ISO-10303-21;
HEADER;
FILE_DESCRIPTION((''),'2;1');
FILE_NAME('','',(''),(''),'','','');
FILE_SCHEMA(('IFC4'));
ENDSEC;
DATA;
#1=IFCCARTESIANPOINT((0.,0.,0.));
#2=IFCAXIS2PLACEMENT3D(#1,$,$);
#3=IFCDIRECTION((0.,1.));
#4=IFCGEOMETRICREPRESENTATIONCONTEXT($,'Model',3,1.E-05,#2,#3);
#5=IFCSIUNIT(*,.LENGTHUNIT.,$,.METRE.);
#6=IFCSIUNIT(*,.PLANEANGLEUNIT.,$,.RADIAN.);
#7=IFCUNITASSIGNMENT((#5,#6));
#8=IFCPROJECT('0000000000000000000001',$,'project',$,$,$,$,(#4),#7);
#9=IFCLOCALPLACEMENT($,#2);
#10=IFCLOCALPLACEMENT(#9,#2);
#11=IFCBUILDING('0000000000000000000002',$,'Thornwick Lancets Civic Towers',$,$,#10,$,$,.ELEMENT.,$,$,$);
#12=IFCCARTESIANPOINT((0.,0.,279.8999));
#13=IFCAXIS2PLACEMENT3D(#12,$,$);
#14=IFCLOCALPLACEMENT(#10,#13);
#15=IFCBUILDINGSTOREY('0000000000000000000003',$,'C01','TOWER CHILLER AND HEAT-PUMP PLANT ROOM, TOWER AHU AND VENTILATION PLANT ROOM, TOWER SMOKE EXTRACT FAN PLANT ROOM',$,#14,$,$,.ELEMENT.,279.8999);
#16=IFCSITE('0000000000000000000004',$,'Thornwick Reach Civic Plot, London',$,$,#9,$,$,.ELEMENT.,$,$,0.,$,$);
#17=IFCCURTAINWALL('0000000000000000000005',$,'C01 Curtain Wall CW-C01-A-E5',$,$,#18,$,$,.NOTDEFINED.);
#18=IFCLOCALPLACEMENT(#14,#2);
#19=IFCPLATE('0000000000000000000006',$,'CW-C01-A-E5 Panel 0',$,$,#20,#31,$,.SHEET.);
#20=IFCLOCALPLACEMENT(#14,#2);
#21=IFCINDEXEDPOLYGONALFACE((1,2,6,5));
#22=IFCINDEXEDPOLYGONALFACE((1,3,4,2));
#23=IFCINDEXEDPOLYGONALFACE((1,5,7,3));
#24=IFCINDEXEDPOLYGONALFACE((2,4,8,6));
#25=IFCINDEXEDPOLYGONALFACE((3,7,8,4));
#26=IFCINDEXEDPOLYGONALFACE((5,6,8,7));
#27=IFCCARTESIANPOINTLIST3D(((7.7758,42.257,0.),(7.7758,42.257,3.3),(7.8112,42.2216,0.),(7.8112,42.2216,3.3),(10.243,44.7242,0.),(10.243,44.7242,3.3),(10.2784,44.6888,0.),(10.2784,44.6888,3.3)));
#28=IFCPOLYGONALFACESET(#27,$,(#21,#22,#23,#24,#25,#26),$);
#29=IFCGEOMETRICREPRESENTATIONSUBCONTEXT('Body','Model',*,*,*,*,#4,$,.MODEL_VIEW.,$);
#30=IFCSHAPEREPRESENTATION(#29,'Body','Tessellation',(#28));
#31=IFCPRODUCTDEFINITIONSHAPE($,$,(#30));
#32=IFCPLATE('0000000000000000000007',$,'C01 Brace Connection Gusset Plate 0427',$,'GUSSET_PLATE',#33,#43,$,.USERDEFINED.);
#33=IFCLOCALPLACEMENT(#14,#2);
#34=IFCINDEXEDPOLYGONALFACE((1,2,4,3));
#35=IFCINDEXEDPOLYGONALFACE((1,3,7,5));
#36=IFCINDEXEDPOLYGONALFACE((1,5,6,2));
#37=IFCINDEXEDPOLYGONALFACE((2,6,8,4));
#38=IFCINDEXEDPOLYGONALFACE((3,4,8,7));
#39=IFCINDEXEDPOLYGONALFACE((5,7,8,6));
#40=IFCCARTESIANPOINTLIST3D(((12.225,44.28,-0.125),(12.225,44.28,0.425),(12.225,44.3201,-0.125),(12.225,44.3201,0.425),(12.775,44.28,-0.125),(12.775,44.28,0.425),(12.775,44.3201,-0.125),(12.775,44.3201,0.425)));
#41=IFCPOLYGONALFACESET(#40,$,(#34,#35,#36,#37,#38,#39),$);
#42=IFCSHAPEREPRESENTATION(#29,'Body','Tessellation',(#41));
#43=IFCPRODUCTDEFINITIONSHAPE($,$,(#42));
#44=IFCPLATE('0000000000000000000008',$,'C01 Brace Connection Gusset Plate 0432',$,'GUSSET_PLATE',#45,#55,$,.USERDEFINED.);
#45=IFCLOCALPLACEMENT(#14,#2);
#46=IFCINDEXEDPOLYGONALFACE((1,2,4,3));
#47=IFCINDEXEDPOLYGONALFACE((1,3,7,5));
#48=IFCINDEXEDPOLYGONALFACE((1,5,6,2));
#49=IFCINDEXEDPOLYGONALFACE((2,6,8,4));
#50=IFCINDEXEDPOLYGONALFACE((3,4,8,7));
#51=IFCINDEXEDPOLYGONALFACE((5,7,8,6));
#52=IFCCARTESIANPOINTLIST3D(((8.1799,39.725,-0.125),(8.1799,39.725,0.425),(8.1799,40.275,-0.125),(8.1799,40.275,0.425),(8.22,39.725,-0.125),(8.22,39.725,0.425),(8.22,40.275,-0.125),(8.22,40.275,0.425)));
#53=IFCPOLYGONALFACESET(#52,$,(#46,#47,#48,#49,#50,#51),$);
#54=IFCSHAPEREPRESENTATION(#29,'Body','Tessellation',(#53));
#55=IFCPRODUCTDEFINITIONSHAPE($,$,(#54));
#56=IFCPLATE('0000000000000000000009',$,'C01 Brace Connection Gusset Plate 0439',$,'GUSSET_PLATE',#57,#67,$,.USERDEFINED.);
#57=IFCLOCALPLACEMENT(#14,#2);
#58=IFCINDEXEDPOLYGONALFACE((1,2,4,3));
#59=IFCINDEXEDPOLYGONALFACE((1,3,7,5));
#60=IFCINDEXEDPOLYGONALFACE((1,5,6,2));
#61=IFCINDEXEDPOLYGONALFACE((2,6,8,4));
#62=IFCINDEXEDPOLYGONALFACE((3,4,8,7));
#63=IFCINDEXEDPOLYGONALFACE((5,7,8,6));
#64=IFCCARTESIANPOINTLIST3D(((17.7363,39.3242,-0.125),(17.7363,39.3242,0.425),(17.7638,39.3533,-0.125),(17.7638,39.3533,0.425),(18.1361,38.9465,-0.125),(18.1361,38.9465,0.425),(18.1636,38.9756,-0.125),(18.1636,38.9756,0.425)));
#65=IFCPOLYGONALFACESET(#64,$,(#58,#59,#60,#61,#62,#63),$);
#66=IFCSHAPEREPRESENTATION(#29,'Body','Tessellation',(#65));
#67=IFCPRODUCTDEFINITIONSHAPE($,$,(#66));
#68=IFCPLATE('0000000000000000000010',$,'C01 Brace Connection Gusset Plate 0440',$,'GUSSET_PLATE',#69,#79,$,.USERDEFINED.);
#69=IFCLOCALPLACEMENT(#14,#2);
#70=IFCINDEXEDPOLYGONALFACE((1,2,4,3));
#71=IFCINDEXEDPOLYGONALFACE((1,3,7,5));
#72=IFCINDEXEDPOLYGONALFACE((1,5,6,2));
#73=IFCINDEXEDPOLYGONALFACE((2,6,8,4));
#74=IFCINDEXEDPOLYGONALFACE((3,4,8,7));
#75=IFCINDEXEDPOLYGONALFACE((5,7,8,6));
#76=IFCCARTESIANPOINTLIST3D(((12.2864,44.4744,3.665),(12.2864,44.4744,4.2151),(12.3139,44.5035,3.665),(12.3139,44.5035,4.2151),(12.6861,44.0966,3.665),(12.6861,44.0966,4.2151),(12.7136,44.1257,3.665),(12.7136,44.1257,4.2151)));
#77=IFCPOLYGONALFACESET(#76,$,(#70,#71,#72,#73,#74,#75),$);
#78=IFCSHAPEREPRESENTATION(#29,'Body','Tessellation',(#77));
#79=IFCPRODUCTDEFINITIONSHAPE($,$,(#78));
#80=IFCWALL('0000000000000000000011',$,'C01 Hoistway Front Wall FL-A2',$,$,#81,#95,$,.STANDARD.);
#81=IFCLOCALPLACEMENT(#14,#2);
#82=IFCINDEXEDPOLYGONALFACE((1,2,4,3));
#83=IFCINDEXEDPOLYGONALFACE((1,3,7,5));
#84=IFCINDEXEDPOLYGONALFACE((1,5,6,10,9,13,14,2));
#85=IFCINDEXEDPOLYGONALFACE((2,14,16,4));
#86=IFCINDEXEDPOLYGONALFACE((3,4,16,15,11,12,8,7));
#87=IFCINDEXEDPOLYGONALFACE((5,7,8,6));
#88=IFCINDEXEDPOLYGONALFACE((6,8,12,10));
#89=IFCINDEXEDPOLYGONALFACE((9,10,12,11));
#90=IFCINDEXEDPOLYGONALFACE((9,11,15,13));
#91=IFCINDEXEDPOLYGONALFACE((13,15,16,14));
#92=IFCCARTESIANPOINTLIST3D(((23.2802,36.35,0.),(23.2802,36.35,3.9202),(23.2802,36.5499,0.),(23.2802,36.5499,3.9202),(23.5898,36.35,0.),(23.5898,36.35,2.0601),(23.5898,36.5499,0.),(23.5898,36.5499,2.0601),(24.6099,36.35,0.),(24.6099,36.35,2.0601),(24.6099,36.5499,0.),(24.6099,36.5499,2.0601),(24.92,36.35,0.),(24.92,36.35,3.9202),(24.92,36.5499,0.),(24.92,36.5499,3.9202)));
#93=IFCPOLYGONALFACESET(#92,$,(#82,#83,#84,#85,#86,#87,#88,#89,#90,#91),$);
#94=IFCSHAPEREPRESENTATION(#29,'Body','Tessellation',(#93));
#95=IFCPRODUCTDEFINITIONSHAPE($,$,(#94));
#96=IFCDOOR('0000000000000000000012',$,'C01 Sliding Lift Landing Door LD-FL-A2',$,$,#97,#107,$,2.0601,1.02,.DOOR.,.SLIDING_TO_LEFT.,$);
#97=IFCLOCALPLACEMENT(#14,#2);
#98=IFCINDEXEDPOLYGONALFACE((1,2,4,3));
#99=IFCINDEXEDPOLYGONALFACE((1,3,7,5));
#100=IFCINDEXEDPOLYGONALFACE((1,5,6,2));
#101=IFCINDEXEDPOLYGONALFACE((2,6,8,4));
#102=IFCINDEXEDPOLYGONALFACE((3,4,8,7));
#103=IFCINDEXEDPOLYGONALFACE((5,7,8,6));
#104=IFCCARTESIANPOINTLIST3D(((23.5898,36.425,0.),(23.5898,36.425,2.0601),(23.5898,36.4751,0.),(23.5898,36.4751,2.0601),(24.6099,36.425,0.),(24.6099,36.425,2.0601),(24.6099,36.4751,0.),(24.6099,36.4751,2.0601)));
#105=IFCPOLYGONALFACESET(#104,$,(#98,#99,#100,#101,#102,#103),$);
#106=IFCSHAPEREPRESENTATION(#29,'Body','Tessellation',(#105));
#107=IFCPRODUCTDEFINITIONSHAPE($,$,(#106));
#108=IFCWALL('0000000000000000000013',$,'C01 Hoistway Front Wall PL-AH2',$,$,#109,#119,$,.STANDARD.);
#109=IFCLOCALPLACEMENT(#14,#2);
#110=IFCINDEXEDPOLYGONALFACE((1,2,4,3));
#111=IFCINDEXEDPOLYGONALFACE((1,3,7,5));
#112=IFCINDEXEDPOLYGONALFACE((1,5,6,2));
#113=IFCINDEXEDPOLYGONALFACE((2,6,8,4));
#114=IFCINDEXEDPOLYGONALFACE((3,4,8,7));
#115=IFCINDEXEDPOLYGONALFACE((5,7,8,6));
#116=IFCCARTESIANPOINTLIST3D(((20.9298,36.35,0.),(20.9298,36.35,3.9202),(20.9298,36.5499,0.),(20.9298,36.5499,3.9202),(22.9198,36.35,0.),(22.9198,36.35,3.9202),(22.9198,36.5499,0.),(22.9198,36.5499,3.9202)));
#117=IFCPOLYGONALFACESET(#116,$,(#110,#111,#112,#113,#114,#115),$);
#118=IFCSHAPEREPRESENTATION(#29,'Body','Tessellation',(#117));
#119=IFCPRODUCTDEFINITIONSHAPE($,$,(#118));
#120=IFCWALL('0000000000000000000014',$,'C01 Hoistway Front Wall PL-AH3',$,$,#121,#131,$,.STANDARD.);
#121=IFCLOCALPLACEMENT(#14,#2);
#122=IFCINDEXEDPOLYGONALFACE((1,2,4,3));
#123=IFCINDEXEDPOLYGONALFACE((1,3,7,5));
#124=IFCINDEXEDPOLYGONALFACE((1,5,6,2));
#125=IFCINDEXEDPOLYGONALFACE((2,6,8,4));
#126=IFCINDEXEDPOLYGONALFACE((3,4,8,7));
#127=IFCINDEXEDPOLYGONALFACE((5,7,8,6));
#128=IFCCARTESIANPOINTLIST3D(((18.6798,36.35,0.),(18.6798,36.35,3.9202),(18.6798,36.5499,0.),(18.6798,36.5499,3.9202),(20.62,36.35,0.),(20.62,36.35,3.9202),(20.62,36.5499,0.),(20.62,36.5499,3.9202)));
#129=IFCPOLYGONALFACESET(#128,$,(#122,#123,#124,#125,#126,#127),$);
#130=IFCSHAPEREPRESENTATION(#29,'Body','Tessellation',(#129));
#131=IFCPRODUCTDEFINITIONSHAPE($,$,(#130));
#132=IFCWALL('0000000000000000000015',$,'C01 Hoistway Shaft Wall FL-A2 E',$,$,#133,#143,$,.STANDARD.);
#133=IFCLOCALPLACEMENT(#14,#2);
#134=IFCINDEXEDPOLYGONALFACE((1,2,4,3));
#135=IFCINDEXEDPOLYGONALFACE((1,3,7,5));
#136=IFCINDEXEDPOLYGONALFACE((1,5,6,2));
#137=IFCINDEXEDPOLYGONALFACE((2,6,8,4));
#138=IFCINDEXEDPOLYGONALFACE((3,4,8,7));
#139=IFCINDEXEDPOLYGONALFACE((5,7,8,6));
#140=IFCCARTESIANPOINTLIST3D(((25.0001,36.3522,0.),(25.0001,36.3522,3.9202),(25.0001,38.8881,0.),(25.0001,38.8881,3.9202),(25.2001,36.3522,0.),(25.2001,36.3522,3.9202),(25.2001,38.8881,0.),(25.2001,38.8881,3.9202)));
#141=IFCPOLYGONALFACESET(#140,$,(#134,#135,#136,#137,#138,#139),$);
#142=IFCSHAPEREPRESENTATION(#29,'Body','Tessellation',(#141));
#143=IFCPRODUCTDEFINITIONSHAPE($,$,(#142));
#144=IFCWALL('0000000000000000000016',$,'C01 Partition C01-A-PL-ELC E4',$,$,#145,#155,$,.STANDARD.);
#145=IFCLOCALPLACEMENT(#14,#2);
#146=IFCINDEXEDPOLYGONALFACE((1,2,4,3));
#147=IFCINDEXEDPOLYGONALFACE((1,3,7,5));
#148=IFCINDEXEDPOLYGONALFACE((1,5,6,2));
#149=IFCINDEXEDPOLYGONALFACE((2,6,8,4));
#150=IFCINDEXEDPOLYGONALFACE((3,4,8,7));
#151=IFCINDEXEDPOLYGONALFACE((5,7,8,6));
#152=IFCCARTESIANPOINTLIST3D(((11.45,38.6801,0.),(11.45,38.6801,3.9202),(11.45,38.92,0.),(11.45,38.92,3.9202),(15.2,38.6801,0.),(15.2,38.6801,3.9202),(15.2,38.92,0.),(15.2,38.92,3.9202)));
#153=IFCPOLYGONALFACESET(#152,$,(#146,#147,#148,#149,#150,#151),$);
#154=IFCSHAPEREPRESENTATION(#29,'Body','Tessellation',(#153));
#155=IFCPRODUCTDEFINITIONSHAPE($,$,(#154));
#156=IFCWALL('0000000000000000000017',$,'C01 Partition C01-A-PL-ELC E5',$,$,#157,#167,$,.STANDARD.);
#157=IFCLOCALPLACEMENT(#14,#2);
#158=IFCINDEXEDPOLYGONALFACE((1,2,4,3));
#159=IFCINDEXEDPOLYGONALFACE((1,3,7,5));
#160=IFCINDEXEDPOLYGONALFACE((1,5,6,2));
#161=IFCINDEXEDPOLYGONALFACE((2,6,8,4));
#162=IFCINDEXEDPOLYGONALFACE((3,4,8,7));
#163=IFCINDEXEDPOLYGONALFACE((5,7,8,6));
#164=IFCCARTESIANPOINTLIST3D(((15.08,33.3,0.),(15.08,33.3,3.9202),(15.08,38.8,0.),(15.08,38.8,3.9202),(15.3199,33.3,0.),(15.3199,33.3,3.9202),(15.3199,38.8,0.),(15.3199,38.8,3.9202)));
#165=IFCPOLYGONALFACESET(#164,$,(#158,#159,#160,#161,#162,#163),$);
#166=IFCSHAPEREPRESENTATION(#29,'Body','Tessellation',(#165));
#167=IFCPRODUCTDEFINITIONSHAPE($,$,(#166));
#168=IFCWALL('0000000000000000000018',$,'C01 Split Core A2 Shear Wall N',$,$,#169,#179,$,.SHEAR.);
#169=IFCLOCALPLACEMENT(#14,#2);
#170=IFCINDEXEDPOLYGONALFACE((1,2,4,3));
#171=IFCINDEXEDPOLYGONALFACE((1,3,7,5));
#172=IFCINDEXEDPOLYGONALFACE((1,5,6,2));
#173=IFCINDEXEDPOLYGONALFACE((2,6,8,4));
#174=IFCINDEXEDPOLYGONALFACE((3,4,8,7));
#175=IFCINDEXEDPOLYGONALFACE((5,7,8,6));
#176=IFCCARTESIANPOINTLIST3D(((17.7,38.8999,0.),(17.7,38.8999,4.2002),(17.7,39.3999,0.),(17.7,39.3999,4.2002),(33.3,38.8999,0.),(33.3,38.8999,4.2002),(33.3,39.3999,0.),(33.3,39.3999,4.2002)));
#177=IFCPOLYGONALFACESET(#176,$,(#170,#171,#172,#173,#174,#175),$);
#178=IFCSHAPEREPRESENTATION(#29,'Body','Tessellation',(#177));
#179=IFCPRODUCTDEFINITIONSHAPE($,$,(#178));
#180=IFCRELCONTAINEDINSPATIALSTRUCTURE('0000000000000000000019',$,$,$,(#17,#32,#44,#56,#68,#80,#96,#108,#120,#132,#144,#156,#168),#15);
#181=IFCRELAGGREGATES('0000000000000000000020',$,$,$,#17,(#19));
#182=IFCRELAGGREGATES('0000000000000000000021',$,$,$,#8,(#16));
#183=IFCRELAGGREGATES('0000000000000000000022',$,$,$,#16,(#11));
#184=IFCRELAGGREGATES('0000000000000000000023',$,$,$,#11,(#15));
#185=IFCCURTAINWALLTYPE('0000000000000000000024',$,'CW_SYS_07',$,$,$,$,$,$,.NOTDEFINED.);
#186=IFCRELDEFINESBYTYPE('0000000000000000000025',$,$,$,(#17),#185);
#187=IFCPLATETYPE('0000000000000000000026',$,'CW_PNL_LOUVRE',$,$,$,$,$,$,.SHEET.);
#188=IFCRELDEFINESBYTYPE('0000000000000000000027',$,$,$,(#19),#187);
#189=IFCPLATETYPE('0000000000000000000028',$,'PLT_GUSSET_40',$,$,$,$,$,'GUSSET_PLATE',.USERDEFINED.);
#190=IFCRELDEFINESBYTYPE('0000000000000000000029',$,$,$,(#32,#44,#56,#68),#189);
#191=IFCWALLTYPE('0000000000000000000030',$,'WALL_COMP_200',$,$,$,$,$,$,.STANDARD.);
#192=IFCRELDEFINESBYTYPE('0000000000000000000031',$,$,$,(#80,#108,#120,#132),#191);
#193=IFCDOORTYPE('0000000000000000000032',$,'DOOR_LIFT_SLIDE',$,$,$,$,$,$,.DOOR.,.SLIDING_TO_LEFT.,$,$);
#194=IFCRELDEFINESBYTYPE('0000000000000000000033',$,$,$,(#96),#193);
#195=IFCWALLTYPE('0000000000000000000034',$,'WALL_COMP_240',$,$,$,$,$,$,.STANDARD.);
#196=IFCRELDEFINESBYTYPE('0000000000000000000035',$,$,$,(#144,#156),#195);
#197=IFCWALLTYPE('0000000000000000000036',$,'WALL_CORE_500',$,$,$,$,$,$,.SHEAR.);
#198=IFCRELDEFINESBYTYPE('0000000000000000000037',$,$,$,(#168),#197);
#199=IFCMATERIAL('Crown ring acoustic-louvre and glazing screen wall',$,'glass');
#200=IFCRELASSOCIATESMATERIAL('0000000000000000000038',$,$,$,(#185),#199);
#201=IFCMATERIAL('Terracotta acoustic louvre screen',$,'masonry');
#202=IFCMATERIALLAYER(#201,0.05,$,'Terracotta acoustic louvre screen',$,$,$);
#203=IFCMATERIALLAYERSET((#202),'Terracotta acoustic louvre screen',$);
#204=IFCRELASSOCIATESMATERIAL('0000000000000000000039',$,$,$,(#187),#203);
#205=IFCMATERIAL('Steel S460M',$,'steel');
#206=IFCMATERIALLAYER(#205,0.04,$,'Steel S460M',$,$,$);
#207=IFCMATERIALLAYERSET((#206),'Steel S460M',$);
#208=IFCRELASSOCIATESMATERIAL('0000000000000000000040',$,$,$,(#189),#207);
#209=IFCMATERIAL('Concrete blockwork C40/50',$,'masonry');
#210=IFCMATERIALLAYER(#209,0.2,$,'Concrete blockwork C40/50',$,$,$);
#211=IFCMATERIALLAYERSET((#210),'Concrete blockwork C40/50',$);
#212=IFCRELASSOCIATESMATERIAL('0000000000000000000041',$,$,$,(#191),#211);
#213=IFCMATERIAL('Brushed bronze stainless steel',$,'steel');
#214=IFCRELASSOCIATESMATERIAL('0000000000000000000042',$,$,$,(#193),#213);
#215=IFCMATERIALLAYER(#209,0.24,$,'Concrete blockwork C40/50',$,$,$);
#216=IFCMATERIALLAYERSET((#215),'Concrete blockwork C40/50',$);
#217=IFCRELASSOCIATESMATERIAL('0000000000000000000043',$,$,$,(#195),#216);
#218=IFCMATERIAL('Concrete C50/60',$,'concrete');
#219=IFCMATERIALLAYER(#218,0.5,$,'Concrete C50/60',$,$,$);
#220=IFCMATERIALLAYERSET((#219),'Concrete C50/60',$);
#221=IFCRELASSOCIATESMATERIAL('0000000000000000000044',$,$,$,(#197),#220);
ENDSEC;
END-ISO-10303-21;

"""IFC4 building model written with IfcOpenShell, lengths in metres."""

from ifc_helpers import new_model, si_unit, direction, frame, frame_2d, origin, origin_2d, place, context, subcontext, project, spatial, rectangle, extrude, material, layer, layer_set, type_object, element, fill, aggregate, save


model = new_model("IFC4")

# Units and contexts
model_context = context("Model", 3, precision=1e-05, world=origin(), true_north=direction((0.0, 1.0)))
body_context = subcontext(model_context, "Body", "Model", "MODEL_VIEW")
ifc_project = project(units=[si_unit("LENGTHUNIT", "METRE"), si_unit("PLANEANGLEUNIT", "RADIAN")], contexts=[model_context])

# Site, building, storey
site_placement = place(None, origin())
site = spatial("IfcSite", under=ifc_project, at=site_placement, Name="Thornwick Reach Civic Plot, London", CompositionType="ELEMENT", RefElevation=0.0)
building_placement = place(site_placement, origin())
building = spatial("IfcBuilding", under=site, at=building_placement, Name="Thornwick Lancets Civic Towers", CompositionType="ELEMENT")
storey_placement = place(building_placement, frame((0.0, 0.0, 279.8999)))
storey = spatial("IfcBuildingStorey", under=building, at=storey_placement, Name="C01", Description="TOWER CHILLER AND HEAT-PUMP PLANT ROOM, TOWER AHU AND VENTILATION PLANT ROOM, TOWER SMOKE EXTRACT FAN PLANT ROOM", CompositionType="ELEMENT", Elevation=279.8999)

# Shared definitions
ifc_material_1 = material(Name="Concrete C50/60", Category="concrete")

# Shared definitions
ifc_material_2 = material(Name="Steel S460M", Category="steel")

# Curtain wall
ifc_material_3 = material(Name="Crown ring acoustic-louvre and glazing screen wall", Category="glass")
curtain_wall_type = type_object("IfcCurtainWallType", Name="CW_SYS_07", PredefinedType="NOTDEFINED", material=ifc_material_3)
curtain_wall_1_placement = place(storey_placement, origin())
curtain_wall_1 = element("IfcCurtainWall", 1, at=curtain_wall_1_placement, inside=storey, type_object=curtain_wall_type, Name="C01 Curtain Wall CW-C01-A-E5", PredefinedType="NOTDEFINED")

# Plate
ifc_material_4 = material(Name="Terracotta acoustic louvre screen", Category="masonry")
ifc_layer_1 = layer(ifc_material_4, 0.05, Name="Terracotta acoustic louvre screen")
ifc_layer_set_1 = layer_set([ifc_layer_1], Name="Terracotta acoustic louvre screen")
plate_type_1 = type_object("IfcPlateType", Name="CW_PNL_LOUVRE", PredefinedType="SHEET", material=ifc_layer_set_1)
plate_1_placement = place(storey_placement, frame((9.0271, 43.4729, 0.0), z_axis=(0.0, 0.0, 1.0), x_axis=(-0.707107, -0.707107, 0.0)))
plate_1 = element("IfcPlate", 2, at=plate_1_placement, type_object=plate_type_1, Name="CW-C01-A-E5 Panel 0", PredefinedType="SHEET", context=body_context, shape_type="SweptSolid", body=[
    extrude(rectangle(XDim=3.4893, YDim=0.05, at=origin_2d()), origin(), (0.0, 0.0, 1.0), 3.3),
])
aggregate(curtain_wall_1, [plate_1])

# Plates
ifc_layer_2 = layer(ifc_material_2, 0.04, Name="Steel S460M")
ifc_layer_set_2 = layer_set([ifc_layer_2], Name="Steel S460M")
plate_type_2 = type_object("IfcPlateType", Name="PLT_GUSSET_40", ElementType="GUSSET_PLATE", PredefinedType="USERDEFINED", material=ifc_layer_set_2)
for number, where, z_axis, x_axis, name in (
    (3, (12.5, 44.3, -0.125), (0.0, 0.0, 1.0), (1.0, 0.0, 0.0), "C01 Brace Connection Gusset Plate 0427"),
    (4, (8.2, 40.0, -0.125), (0.0, 0.0, 1.0), (0.0, -1.0, 0.0), "C01 Brace Connection Gusset Plate 0432"),
    (5, (17.95, 39.1499, -0.125), (0.0, 0.0, 1.0), (-0.726814, 0.686834, 0.0), "C01 Brace Connection Gusset Plate 0439"),
    (6, (12.5, 44.3, 3.665), (0.0, 0.0, 1.0), (-0.726814, 0.686834, 0.0), "C01 Brace Connection Gusset Plate 0440"),
):
    element("IfcPlate", number, at=place(storey_placement, frame(where, z_axis=z_axis, x_axis=x_axis)), inside=storey, type_object=plate_type_2, Name=name, ObjectType="GUSSET_PLATE", PredefinedType="USERDEFINED", context=body_context, shape_type="SweptSolid", body=[
        extrude(rectangle(XDim=0.55, YDim=0.04, at=origin_2d()), origin(), (0.0, 0.0, 1.0), 0.55),
    ])

# Wall, opening, door
ifc_material_5 = material(Name="Concrete blockwork C40/50", Category="masonry")
ifc_layer_3 = layer(ifc_material_5, 0.2, Name="Concrete blockwork C40/50")
ifc_layer_set_3 = layer_set([ifc_layer_3], Name="Concrete blockwork C40/50")
wall_type_1 = type_object("IfcWallType", Name="WALL_COMP_200", PredefinedType="STANDARD", material=ifc_layer_set_3)
wall_1_placement = place(storey_placement, frame((24.9199, 36.45, 0.0), z_axis=(0.0, 0.0, 1.0), x_axis=(-1.0, 0.0, 0.0)))
wall_1 = element("IfcWall", 7, at=wall_1_placement, inside=storey, type_object=wall_type_1, Name="C01 Hoistway Front Wall FL-A2", PredefinedType="STANDARD", context=body_context, shape_type="SweptSolid", body=[
    extrude(rectangle(XDim=1.6399, YDim=0.2, at=frame_2d((0.8198, 0.0))), origin(), (0.0, 0.0, 1.0), 3.9202),
])
opening_placement = place(wall_1_placement, frame((0.3101, 0.0, 0.0)))
opening = element("IfcOpeningElement", 8, at=opening_placement, cuts=wall_1, PredefinedType="OPENING", context=body_context, shape_type="SweptSolid", body=[
    extrude(rectangle(XDim=1.02, YDim=2.0601, at=frame_2d((0.51, 1.03))), frame((0.0, 0.1099, 0.0), z_axis=(0.0, -1.0, 0.0), x_axis=(1.0, 0.0, 0.0)), (0.0, 0.0, 1.0), 0.22),
])
ifc_material_6 = material(Name="Brushed bronze stainless steel", Category="steel")
door_type = type_object("IfcDoorType", Name="DOOR_LIFT_SLIDE", OperationType="SLIDING_TO_LEFT", PredefinedType="DOOR", material=ifc_material_6)
door_placement = place(opening_placement, origin())
door = element("IfcDoor", 9, at=door_placement, inside=storey, type_object=door_type, Name="C01 Sliding Lift Landing Door LD-FL-A2", OperationType="SLIDING_TO_LEFT", OverallHeight=2.0601, OverallWidth=1.02, PredefinedType="DOOR", context=body_context, shape_type="SweptSolid", body=[
    extrude(rectangle(XDim=1.02, YDim=2.0601, at=frame_2d((0.51, 1.03))), frame((0.0, 0.0249, 0.0), z_axis=(0.0, -1.0, 0.0), x_axis=(1.0, 0.0, 0.0)), (0.0, 0.0, 1.0), 0.05),
])
fill(opening, door)

# Walls
wall_2_placement = place(storey_placement, frame((22.9199, 36.45, 0.0), z_axis=(0.0, 0.0, 1.0), x_axis=(-1.0, 0.0, 0.0)))
element("IfcWall", 10, at=wall_2_placement, inside=storey, type_object=wall_type_1, Name="C01 Hoistway Front Wall PL-AH2", PredefinedType="STANDARD", context=body_context, shape_type="SweptSolid", body=[
    extrude(rectangle(XDim=1.99, YDim=0.2, at=frame_2d((0.9951, 0.0))), origin(), (0.0, 0.0, 1.0), 3.9202),
])
wall_3_placement = place(storey_placement, frame((20.6201, 36.45, 0.0), z_axis=(0.0, 0.0, 1.0), x_axis=(-1.0, 0.0, 0.0)))
element("IfcWall", 11, at=wall_3_placement, inside=storey, type_object=wall_type_1, Name="C01 Hoistway Front Wall PL-AH3", PredefinedType="STANDARD", context=body_context, shape_type="SweptSolid", body=[
    extrude(rectangle(XDim=1.9402, YDim=0.2, at=frame_2d((0.9702, 0.0))), origin(), (0.0, 0.0, 1.0), 3.9202),
])
wall_4_placement = place(storey_placement, frame((25.1001, 36.3521, 0.0), z_axis=(0.0, 0.0, 1.0), x_axis=(0.0, 1.0, 0.0)))
element("IfcWall", 12, at=wall_4_placement, inside=storey, type_object=wall_type_1, Name="C01 Hoistway Shaft Wall FL-A2 E", PredefinedType="STANDARD", context=body_context, shape_type="SweptSolid", body=[
    extrude(rectangle(XDim=2.5359, YDim=0.2, at=frame_2d((1.2681, 0.0))), origin(), (0.0, 0.0, 1.0), 3.9202),
])
ifc_layer_4 = layer(ifc_material_5, 0.24, Name="Concrete blockwork C40/50")
ifc_layer_set_4 = layer_set([ifc_layer_4], Name="Concrete blockwork C40/50")
wall_type_2 = type_object("IfcWallType", Name="WALL_COMP_240", PredefinedType="STANDARD", material=ifc_layer_set_4)
wall_5_placement = place(storey_placement, frame((11.45, 38.8, 0.0), z_axis=(0.0, 0.0, 1.0), x_axis=(1.0, 0.0, 0.0)))
element("IfcWall", 13, at=wall_5_placement, inside=storey, type_object=wall_type_2, Name="C01 Partition C01-A-PL-ELC E4", PredefinedType="STANDARD", context=body_context, shape_type="SweptSolid", body=[
    extrude(rectangle(XDim=3.75, YDim=0.24, at=frame_2d((1.875, 0.0))), origin(), (0.0, 0.0, 1.0), 3.9202),
])
wall_6_placement = place(storey_placement, frame((15.2, 38.8, 0.0), z_axis=(0.0, 0.0, 1.0), x_axis=(0.0, -1.0, 0.0)))
element("IfcWall", 14, at=wall_6_placement, inside=storey, type_object=wall_type_2, Name="C01 Partition C01-A-PL-ELC E5", PredefinedType="STANDARD", context=body_context, shape_type="SweptSolid", body=[
    extrude(rectangle(XDim=5.5, YDim=0.24, at=frame_2d((2.75, 0.0))), origin(), (0.0, 0.0, 1.0), 3.9202),
])
ifc_layer_5 = layer(ifc_material_1, 0.5, Name="Concrete C50/60")
ifc_layer_set_5 = layer_set([ifc_layer_5], Name="Concrete C50/60")
wall_type_3 = type_object("IfcWallType", Name="WALL_CORE_500", PredefinedType="SHEAR", material=ifc_layer_set_5)
wall_7_placement = place(storey_placement, frame((17.7, 39.1499, 0.0), z_axis=(0.0, 0.0, 1.0), x_axis=(1.0, 0.0, 0.0)))
element("IfcWall", 15, at=wall_7_placement, inside=storey, type_object=wall_type_3, Name="C01 Split Core A2 Shear Wall N", PredefinedType="SHEAR", context=body_context, shape_type="SweptSolid", body=[
    extrude(rectangle(XDim=15.6001, YDim=0.5, at=frame_2d((7.8, 0.0))), origin(), (0.0, 0.0, 1.0), 4.2002),
])

save(model, "model.ifc")
